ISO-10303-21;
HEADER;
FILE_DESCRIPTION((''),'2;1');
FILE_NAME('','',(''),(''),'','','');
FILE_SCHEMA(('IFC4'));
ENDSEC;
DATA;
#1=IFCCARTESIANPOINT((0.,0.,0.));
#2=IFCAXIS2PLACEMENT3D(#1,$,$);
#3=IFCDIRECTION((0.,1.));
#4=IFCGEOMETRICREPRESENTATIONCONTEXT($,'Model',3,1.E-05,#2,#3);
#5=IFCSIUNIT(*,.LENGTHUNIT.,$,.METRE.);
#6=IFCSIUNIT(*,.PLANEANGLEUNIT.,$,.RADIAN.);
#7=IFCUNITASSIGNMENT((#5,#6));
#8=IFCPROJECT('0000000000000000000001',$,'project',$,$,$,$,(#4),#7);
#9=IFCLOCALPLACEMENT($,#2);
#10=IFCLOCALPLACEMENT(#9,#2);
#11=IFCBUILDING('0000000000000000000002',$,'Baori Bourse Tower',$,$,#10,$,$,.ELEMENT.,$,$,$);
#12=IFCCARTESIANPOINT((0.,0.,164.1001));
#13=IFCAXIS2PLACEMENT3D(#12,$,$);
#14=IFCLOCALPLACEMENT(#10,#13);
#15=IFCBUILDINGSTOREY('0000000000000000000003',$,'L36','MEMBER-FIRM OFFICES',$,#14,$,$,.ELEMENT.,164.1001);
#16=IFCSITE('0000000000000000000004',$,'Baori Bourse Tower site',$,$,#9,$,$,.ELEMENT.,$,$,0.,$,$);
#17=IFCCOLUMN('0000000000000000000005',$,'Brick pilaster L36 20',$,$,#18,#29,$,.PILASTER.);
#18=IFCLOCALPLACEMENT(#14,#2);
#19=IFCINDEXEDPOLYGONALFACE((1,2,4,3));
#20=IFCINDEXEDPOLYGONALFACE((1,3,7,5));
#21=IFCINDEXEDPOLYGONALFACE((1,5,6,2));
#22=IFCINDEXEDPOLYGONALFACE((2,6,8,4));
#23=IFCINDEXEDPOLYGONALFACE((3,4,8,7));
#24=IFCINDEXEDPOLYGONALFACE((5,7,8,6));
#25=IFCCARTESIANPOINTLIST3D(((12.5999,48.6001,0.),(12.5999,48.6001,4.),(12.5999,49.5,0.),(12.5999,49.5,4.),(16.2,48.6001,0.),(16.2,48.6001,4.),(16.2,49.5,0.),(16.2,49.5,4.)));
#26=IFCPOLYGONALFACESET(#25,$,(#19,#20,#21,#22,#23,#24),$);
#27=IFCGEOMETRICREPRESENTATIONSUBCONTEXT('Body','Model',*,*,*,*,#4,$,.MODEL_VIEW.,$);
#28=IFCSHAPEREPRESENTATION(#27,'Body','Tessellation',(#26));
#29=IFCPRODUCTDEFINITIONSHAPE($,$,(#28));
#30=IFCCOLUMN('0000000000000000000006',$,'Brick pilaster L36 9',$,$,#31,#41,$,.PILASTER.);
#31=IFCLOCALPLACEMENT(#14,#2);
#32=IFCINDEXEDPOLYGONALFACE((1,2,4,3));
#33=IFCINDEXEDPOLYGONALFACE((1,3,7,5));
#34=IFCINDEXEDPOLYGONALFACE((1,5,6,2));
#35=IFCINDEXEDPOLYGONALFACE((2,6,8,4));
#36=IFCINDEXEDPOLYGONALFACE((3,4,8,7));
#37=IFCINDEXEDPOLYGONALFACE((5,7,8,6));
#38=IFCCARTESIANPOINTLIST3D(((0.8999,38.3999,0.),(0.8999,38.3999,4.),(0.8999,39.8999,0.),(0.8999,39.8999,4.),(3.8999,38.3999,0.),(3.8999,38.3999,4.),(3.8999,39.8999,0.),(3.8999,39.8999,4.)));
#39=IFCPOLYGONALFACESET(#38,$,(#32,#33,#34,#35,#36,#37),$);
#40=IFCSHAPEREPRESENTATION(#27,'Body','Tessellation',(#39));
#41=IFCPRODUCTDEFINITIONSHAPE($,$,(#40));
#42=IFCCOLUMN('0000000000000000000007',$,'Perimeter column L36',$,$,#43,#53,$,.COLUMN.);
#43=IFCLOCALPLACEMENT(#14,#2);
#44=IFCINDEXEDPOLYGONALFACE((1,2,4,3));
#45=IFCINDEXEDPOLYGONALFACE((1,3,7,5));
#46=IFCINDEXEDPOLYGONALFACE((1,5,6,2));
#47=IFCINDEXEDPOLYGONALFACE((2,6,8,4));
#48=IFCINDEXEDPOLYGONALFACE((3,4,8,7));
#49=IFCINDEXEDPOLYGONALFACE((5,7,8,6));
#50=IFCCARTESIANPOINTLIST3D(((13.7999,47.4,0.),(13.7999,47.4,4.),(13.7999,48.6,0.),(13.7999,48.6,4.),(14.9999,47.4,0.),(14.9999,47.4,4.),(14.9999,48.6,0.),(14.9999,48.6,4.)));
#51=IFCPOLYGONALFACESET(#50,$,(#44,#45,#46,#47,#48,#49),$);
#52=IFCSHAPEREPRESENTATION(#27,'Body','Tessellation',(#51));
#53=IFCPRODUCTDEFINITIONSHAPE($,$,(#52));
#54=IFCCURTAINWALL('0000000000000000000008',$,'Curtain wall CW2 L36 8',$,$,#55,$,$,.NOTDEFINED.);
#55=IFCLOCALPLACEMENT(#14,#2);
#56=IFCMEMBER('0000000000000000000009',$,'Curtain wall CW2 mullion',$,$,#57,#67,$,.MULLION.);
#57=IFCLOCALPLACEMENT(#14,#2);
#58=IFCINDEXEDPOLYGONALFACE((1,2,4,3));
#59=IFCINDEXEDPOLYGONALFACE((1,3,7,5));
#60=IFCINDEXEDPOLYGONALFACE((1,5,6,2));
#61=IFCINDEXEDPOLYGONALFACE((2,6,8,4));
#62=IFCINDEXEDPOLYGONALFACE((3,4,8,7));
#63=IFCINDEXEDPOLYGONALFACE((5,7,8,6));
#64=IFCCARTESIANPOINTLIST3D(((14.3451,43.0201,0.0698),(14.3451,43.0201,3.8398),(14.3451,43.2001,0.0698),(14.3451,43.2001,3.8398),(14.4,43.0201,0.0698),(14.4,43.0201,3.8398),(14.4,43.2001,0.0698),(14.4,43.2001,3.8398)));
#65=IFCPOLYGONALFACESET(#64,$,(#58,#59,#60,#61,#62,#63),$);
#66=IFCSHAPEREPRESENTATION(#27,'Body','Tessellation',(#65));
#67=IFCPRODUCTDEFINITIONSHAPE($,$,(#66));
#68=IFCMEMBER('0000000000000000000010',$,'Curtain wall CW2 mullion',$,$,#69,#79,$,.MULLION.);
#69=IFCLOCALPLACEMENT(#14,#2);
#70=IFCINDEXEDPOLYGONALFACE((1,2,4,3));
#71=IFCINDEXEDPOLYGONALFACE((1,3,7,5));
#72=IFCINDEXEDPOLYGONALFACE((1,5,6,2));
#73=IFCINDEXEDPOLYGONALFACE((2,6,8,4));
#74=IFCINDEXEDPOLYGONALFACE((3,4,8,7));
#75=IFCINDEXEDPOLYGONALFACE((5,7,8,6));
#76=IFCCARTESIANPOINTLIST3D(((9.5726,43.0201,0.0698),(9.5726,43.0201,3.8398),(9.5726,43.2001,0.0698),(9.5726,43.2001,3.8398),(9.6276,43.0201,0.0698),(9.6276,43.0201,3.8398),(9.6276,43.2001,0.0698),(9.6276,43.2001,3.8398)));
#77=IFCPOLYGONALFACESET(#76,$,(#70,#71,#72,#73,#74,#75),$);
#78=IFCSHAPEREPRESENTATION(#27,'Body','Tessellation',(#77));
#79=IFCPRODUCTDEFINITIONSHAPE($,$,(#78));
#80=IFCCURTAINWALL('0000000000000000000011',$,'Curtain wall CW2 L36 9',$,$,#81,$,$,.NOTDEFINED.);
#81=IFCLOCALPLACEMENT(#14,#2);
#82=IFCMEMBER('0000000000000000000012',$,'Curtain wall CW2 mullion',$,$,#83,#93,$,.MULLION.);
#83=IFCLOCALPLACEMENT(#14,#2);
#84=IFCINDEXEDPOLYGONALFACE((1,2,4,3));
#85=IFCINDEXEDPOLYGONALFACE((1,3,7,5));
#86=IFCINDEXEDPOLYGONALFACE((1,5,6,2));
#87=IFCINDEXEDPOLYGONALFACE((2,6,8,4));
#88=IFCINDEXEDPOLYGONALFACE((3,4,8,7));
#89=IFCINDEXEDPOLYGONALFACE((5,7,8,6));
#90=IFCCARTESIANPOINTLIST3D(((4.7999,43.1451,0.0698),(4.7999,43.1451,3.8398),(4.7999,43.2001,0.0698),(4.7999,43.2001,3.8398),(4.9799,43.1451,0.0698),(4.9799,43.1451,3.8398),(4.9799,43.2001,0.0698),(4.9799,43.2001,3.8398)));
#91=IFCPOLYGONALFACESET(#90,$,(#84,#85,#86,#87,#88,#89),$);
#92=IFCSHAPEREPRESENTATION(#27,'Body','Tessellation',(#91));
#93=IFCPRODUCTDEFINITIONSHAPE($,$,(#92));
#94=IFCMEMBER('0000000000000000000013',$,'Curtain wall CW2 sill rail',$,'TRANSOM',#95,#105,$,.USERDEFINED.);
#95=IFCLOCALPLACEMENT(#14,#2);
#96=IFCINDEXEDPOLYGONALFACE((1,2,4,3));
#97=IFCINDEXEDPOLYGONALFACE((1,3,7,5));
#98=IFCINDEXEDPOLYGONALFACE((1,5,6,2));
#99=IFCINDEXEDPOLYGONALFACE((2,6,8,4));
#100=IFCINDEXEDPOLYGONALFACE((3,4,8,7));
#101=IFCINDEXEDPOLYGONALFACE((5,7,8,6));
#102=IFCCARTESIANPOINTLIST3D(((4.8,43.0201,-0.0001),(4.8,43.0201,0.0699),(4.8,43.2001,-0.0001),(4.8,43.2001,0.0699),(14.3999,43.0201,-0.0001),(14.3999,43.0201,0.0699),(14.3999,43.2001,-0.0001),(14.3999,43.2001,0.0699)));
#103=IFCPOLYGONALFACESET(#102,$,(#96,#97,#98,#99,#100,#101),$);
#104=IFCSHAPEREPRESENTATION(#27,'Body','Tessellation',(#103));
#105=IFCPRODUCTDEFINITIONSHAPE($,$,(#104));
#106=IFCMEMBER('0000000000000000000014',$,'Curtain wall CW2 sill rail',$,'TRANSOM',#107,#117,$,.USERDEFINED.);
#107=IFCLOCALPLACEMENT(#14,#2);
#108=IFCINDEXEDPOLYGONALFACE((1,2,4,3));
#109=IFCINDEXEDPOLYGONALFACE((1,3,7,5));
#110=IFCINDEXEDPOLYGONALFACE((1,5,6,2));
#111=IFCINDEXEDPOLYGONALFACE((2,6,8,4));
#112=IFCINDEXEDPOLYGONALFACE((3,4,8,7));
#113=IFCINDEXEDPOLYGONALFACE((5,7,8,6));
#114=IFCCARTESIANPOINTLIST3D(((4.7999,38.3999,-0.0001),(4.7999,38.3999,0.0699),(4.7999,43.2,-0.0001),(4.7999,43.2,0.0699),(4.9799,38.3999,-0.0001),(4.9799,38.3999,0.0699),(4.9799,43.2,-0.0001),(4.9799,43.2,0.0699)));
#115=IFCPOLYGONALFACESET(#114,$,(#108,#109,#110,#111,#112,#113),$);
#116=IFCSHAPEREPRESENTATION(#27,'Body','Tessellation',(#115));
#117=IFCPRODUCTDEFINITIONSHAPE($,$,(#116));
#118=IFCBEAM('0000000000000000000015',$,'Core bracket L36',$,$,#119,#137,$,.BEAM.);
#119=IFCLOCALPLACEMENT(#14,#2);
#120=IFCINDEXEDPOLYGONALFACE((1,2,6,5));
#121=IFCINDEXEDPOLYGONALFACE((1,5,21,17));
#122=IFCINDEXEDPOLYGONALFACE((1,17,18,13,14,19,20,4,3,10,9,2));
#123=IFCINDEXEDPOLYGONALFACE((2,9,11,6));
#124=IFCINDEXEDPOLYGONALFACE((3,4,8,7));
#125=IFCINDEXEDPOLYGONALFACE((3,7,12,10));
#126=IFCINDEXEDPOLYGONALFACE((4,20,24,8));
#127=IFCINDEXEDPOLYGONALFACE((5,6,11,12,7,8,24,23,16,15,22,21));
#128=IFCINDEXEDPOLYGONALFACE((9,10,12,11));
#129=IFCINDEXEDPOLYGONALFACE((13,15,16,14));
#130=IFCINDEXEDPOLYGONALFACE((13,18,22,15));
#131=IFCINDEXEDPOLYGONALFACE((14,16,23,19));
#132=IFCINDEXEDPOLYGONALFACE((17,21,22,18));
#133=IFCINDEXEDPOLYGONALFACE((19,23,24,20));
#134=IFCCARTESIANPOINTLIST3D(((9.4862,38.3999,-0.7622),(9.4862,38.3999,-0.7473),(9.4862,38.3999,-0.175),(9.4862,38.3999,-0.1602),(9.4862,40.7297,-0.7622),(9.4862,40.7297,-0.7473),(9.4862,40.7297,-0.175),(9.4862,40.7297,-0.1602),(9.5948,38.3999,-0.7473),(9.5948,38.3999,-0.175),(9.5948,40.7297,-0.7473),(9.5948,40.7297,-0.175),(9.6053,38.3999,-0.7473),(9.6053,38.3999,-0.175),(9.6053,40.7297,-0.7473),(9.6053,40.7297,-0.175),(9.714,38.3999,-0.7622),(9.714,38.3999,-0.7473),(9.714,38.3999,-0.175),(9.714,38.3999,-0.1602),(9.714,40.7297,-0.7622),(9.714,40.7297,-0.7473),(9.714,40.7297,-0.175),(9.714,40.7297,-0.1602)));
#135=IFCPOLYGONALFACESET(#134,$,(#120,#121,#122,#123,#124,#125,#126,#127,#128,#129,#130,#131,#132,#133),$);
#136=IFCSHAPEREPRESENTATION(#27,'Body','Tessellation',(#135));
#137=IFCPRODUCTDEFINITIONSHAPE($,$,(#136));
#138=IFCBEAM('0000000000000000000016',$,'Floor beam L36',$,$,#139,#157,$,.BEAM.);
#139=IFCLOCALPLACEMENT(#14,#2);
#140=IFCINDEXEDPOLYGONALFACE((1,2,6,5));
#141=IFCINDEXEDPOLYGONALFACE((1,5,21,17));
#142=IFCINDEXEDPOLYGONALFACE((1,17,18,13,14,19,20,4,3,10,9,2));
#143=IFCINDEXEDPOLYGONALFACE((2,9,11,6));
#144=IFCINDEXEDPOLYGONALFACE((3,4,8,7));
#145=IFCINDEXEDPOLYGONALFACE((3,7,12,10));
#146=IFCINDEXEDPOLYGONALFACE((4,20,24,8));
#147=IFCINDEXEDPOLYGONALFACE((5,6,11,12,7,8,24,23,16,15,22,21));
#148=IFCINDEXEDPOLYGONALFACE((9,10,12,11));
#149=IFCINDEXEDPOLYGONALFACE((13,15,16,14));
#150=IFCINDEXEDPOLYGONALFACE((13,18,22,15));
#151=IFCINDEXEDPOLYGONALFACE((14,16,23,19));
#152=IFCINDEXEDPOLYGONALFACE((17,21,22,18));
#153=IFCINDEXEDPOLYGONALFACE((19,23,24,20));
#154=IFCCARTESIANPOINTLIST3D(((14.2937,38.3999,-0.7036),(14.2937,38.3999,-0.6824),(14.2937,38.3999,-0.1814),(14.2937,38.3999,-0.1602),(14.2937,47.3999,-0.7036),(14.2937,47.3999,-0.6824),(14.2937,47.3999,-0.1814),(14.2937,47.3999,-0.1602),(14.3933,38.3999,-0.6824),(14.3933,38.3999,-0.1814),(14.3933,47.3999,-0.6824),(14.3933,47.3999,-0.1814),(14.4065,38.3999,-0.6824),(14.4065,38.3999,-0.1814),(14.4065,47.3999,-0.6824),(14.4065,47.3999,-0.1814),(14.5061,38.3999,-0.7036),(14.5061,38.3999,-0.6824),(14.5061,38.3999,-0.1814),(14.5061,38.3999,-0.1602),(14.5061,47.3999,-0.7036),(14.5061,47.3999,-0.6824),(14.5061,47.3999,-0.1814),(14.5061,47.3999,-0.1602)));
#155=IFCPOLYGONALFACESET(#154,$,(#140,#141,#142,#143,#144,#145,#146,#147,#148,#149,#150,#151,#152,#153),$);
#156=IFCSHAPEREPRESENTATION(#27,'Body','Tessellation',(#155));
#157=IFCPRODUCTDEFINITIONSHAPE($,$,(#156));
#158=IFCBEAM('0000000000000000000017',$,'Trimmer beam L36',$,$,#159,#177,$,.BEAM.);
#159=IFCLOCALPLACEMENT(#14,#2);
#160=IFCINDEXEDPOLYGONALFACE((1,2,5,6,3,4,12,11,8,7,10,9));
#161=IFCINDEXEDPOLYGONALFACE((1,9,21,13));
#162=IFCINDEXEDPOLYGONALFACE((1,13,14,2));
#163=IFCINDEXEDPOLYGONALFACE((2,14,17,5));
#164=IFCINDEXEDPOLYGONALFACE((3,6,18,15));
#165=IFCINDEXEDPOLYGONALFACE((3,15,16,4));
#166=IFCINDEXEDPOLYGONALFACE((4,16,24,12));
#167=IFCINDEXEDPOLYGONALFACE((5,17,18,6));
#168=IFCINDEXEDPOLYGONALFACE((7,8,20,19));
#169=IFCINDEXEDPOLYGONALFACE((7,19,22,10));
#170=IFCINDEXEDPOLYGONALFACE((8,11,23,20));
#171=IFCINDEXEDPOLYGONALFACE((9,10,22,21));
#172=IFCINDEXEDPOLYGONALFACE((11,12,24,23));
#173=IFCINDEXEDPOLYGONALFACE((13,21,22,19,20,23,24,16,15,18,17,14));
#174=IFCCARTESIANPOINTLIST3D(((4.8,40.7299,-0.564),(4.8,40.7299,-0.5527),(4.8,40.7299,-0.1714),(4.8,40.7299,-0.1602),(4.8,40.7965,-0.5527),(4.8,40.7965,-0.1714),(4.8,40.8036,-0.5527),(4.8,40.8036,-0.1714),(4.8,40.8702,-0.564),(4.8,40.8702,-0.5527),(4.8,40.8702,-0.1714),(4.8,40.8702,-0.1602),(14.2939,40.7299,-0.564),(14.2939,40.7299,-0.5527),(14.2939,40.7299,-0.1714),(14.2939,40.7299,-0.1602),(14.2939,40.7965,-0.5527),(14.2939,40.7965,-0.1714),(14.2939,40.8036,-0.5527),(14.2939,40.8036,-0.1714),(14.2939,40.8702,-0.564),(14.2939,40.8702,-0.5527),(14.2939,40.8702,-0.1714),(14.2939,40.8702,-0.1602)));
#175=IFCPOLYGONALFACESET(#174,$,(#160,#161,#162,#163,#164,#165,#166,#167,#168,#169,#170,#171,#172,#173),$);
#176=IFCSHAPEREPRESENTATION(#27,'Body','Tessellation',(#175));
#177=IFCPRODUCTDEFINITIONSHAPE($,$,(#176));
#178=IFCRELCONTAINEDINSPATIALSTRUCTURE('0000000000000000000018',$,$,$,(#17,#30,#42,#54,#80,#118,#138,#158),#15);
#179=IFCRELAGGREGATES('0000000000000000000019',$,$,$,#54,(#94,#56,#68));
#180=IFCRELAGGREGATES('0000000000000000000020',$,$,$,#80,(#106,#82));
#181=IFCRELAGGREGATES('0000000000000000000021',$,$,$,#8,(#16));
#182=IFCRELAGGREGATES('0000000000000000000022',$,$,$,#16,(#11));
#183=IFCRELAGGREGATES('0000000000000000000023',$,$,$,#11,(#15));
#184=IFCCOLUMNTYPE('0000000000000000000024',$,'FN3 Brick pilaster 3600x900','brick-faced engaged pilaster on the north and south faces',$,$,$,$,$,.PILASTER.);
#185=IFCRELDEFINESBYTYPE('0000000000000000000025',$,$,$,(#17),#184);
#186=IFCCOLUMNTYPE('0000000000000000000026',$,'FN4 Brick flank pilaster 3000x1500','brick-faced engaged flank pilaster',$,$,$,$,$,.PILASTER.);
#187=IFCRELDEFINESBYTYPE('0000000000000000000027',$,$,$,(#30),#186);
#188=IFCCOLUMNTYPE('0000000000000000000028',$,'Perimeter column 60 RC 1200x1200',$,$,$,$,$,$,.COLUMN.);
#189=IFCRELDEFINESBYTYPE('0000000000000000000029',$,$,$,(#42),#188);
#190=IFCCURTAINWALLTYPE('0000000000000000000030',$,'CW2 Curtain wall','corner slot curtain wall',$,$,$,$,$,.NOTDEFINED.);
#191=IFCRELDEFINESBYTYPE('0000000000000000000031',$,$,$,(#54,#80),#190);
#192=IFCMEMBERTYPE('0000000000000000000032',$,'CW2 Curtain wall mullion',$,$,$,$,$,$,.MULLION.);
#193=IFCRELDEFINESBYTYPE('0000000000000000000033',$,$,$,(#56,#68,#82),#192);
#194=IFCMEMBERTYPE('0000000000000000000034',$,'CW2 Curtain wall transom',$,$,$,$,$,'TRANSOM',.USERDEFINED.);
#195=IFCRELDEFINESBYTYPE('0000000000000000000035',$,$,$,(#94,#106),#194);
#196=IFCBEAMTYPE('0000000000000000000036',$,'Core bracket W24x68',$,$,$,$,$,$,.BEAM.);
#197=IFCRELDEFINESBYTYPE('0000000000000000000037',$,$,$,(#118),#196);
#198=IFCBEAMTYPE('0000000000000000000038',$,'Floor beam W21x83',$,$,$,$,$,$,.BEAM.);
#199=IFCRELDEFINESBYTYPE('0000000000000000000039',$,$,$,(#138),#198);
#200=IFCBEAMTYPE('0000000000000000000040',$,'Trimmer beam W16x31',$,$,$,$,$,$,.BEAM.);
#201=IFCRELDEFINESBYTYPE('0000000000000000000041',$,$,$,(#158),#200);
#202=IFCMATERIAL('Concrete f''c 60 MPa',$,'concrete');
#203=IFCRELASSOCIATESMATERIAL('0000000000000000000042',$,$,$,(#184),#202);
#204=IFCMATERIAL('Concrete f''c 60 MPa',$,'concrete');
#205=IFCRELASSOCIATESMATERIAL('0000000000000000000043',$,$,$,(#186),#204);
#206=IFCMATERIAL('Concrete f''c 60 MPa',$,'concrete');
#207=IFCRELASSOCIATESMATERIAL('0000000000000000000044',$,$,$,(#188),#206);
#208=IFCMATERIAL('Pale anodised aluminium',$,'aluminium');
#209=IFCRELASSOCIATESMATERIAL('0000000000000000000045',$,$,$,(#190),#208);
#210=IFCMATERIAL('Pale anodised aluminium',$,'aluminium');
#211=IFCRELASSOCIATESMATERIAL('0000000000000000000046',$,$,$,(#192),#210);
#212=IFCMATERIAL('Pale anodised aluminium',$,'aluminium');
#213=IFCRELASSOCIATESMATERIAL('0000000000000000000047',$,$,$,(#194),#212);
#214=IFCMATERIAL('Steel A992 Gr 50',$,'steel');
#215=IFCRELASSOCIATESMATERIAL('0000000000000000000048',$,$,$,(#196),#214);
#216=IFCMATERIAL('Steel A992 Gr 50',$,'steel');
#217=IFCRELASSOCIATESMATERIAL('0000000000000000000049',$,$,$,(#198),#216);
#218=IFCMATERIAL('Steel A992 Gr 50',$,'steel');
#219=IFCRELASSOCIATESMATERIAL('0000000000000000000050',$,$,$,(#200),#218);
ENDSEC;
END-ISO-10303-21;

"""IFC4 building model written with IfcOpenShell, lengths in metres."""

from ifc_helpers import new_model, si_unit, direction, frame, origin, origin_2d, place, context, subcontext, project, spatial, rectangle, i_section, extrude, material, material_profile, profile_set, type_object, element, aggregate, save


model = new_model("IFC4")

# Units and contexts
model_context = context("Model", 3, precision=1e-05, world=origin(), true_north=direction((0.0, 1.0)))
body_context = subcontext(model_context, "Body", "Model", "MODEL_VIEW")
ifc_project = project(units=[si_unit("LENGTHUNIT", "METRE"), si_unit("PLANEANGLEUNIT", "RADIAN")], contexts=[model_context])

# Site, building, storey
site_placement = place(None, origin())
site = spatial("IfcSite", under=ifc_project, at=site_placement, Name="Baori Bourse Tower site", CompositionType="ELEMENT", RefElevation=0.0)
building_placement = place(site_placement, origin())
building = spatial("IfcBuilding", under=site, at=building_placement, Name="Baori Bourse Tower", CompositionType="ELEMENT")
storey_placement = place(building_placement, frame((0.0, 0.0, 164.1001)))
storey = spatial("IfcBuildingStorey", under=building, at=storey_placement, Name="L36", Description="MEMBER-FIRM OFFICES", CompositionType="ELEMENT", Elevation=164.1001)

# Columns
ifc_material_1 = material(Name="Concrete f'c 60 MPa", Category="concrete")
ifc_material_profile_1 = material_profile(ifc_material_1, rectangle(XDim=3.6001, YDim=0.8999, at=origin_2d()), Name="RC 3600x900")
ifc_profile_set_1 = profile_set([ifc_material_profile_1], Name="Concrete f'c 60 MPa")
column_type_1 = type_object("IfcColumnType", Name="FN3 Brick pilaster 3600x900", Description="brick-faced engaged pilaster on the north and south faces", PredefinedType="PILASTER", material=ifc_profile_set_1)
column_1_placement = place(storey_placement, frame((14.3999, 49.05, 0.0), z_axis=(0.0, 0.0, 1.0), x_axis=(1.0, 0.0, 0.0)))
element("IfcColumn", 1, at=column_1_placement, inside=storey, type_object=column_type_1, Name="Brick pilaster L36 20", PredefinedType="PILASTER", context=body_context, shape_type="SweptSolid", body=[
    extrude(rectangle(XDim=3.6001, YDim=0.8999, at=origin_2d()), origin(), (0.0, 0.0, 1.0), 4.0),
])
ifc_material_2 = material(Name="Concrete f'c 60 MPa", Category="concrete")
ifc_material_profile_2 = material_profile(ifc_material_2, rectangle(XDim=3.0, YDim=1.5, at=origin_2d()), Name="RC 3000x1500")
ifc_profile_set_2 = profile_set([ifc_material_profile_2], Name="Concrete f'c 60 MPa")
column_type_2 = type_object("IfcColumnType", Name="FN4 Brick flank pilaster 3000x1500", Description="brick-faced engaged flank pilaster", PredefinedType="PILASTER", material=ifc_profile_set_2)
column_2_placement = place(storey_placement, frame((2.3999, 39.1499, 0.0), z_axis=(0.0, 0.0, 1.0), x_axis=(1.0, 0.0, 0.0)))
element("IfcColumn", 2, at=column_2_placement, inside=storey, type_object=column_type_2, Name="Brick pilaster L36 9", PredefinedType="PILASTER", context=body_context, shape_type="SweptSolid", body=[
    extrude(rectangle(XDim=3.0, YDim=1.5, at=origin_2d()), origin(), (0.0, 0.0, 1.0), 4.0),
])
ifc_material_3 = material(Name="Concrete f'c 60 MPa", Category="concrete")
ifc_material_profile_3 = material_profile(ifc_material_3, rectangle(XDim=1.2, YDim=1.2, at=origin_2d()), Name="RC 1200x1200")
ifc_profile_set_3 = profile_set([ifc_material_profile_3], Name="Concrete f'c 60 MPa")
column_type_3 = type_object("IfcColumnType", Name="Perimeter column 60 RC 1200x1200", PredefinedType="COLUMN", material=ifc_profile_set_3)
column_3_placement = place(storey_placement, frame((14.3999, 48.0, 0.0), z_axis=(0.0, 0.0, 1.0), x_axis=(1.0, 0.0, 0.0)))
element("IfcColumn", 3, at=column_3_placement, inside=storey, type_object=column_type_3, Name="Perimeter column L36", PredefinedType="COLUMN", context=body_context, shape_type="SweptSolid", body=[
    extrude(rectangle(XDim=1.2, YDim=1.2, at=origin_2d()), origin(), (0.0, 0.0, 1.0), 4.0),
])

# Curtain wall, members
ifc_material_4 = material(Name="Pale anodised aluminium", Category="aluminium")
curtain_wall_type = type_object("IfcCurtainWallType", Name="CW2 Curtain wall", Description="corner slot curtain wall", PredefinedType="NOTDEFINED", material=ifc_material_4)
curtain_wall_1_placement = place(storey_placement, origin())
curtain_wall_1 = element("IfcCurtainWall", 4, at=curtain_wall_1_placement, inside=storey, type_object=curtain_wall_type, Name="Curtain wall CW2 L36 8", PredefinedType="NOTDEFINED")
ifc_material_5 = material(Name="Pale anodised aluminium", Category="aluminium")
ifc_material_profile_4 = material_profile(ifc_material_5, rectangle(XDim=0.1799, YDim=0.0549, at=origin_2d()), Name="Mullion 55x180")
ifc_profile_set_4 = profile_set([ifc_material_profile_4], Name="Pale anodised aluminium")
member_type_1 = type_object("IfcMemberType", Name="CW2 Curtain wall mullion", PredefinedType="MULLION", material=ifc_profile_set_4)
member_1_placement = place(storey_placement, frame((14.3726, 43.1101, 0.0698), z_axis=(0.0, 0.0, 1.0), x_axis=(0.0, -1.0, 0.0)))
member_1 = element("IfcMember", 5, at=member_1_placement, type_object=member_type_1, Name="Curtain wall CW2 mullion", PredefinedType="MULLION", context=body_context, shape_type="SweptSolid", body=[
    extrude(rectangle(XDim=0.1799, YDim=0.0549, at=origin_2d()), origin(), (0.0, 0.0, 1.0), 3.77),
])
member_2_placement = place(storey_placement, frame((9.6001, 43.1101, 0.0698), z_axis=(0.0, 0.0, 1.0), x_axis=(0.0, -1.0, 0.0)))
member_2 = element("IfcMember", 6, at=member_2_placement, type_object=member_type_1, Name="Curtain wall CW2 mullion", PredefinedType="MULLION", context=body_context, shape_type="SweptSolid", body=[
    extrude(rectangle(XDim=0.1799, YDim=0.0549, at=origin_2d()), origin(), (0.0, 0.0, 1.0), 3.77),
])

# Curtain wall, member
curtain_wall_2_placement = place(storey_placement, origin())
curtain_wall_2 = element("IfcCurtainWall", 7, at=curtain_wall_2_placement, inside=storey, type_object=curtain_wall_type, Name="Curtain wall CW2 L36 9", PredefinedType="NOTDEFINED")
member_3_placement = place(storey_placement, frame((4.8899, 43.1726, 0.0698), z_axis=(0.0, 0.0, 1.0), x_axis=(1.0, 0.0, 0.0)))
member_3 = element("IfcMember", 8, at=member_3_placement, type_object=member_type_1, Name="Curtain wall CW2 mullion", PredefinedType="MULLION", context=body_context, shape_type="SweptSolid", body=[
    extrude(rectangle(XDim=0.1799, YDim=0.0549, at=origin_2d()), origin(), (0.0, 0.0, 1.0), 3.77),
])

# Members
ifc_material_6 = material(Name="Pale anodised aluminium", Category="aluminium")
ifc_material_profile_5 = material_profile(ifc_material_6, rectangle(XDim=0.1799, YDim=0.0701, at=origin_2d()), Name="Transom 70x180")
ifc_profile_set_5 = profile_set([ifc_material_profile_5], Name="Pale anodised aluminium")
member_type_2 = type_object("IfcMemberType", Name="CW2 Curtain wall transom", ElementType="TRANSOM", PredefinedType="USERDEFINED", material=ifc_profile_set_5)
member_4_placement = place(storey_placement, frame((14.3999, 43.1101, 0.0349), z_axis=(-1.0, 0.0, 0.0), x_axis=(0.0, -1.0, 0.0)))
member_4 = element("IfcMember", 9, at=member_4_placement, type_object=member_type_2, Name="Curtain wall CW2 sill rail", ObjectType="TRANSOM", PredefinedType="USERDEFINED", context=body_context, shape_type="SweptSolid", body=[
    extrude(rectangle(XDim=0.1799, YDim=0.0701, at=origin_2d()), origin(), (0.0, 0.0, 1.0), 9.5999),
])
member_5_placement = place(storey_placement, frame((4.8899, 43.2, 0.0349), z_axis=(0.0, -1.0, 0.0), x_axis=(1.0, 0.0, 0.0)))
member_5 = element("IfcMember", 10, at=member_5_placement, type_object=member_type_2, Name="Curtain wall CW2 sill rail", ObjectType="TRANSOM", PredefinedType="USERDEFINED", context=body_context, shape_type="SweptSolid", body=[
    extrude(rectangle(XDim=0.1799, YDim=0.0701, at=origin_2d()), origin(), (0.0, 0.0, 1.0), 4.8),
])

# Beams
ifc_material_7 = material(Name="Steel A992 Gr 50", Category="steel")
ifc_material_profile_6 = material_profile(ifc_material_7, i_section(OverallWidth=0.2278, OverallDepth=0.6021, WebThickness=0.0105, FlangeThickness=0.0149, at=origin_2d()), Name="W24x68")
ifc_profile_set_6 = profile_set([ifc_material_profile_6], Name="Steel A992 Gr 50")
beam_type_1 = type_object("IfcBeamType", Name="Core bracket W24x68", PredefinedType="BEAM", material=ifc_profile_set_6)
beam_1_placement = place(storey_placement, frame((9.6001, 38.3999, -0.4612), z_axis=(0.0, 1.0, 0.0), x_axis=(-1.0, 0.0, 0.0)))
element("IfcBeam", 11, at=beam_1_placement, inside=storey, type_object=beam_type_1, Name="Core bracket L36", PredefinedType="BEAM", context=body_context, shape_type="SweptSolid", body=[
    extrude(i_section(OverallWidth=0.2278, OverallDepth=0.6021, WebThickness=0.0105, FlangeThickness=0.0149, at=origin_2d()), origin(), (0.0, 0.0, 1.0), 2.3298),
])
ifc_material_8 = material(Name="Steel A992 Gr 50", Category="steel")
ifc_material_profile_7 = material_profile(ifc_material_8, i_section(OverallWidth=0.2124, OverallDepth=0.5435, WebThickness=0.0132, FlangeThickness=0.0212, at=origin_2d()), Name="W21x83")
ifc_profile_set_7 = profile_set([ifc_material_profile_7], Name="Steel A992 Gr 50")
beam_type_2 = type_object("IfcBeamType", Name="Floor beam W21x83", PredefinedType="BEAM", material=ifc_profile_set_7)
beam_2_placement = place(storey_placement, frame((14.3999, 38.3999, -0.4319), z_axis=(0.0, 1.0, 0.0), x_axis=(-1.0, 0.0, 0.0)))
element("IfcBeam", 12, at=beam_2_placement, inside=storey, type_object=beam_type_2, Name="Floor beam L36", PredefinedType="BEAM", context=body_context, shape_type="SweptSolid", body=[
    extrude(i_section(OverallWidth=0.2124, OverallDepth=0.5435, WebThickness=0.0132, FlangeThickness=0.0212, at=origin_2d()), origin(), (0.0, 0.0, 1.0), 9.0),
])
ifc_material_9 = material(Name="Steel A992 Gr 50", Category="steel")
ifc_material_profile_8 = material_profile(ifc_material_9, i_section(OverallWidth=0.1404, OverallDepth=0.4038, WebThickness=0.0071, FlangeThickness=0.0112, at=origin_2d()), Name="W16x31")
ifc_profile_set_8 = profile_set([ifc_material_profile_8], Name="Steel A992 Gr 50")
beam_type_3 = type_object("IfcBeamType", Name="Trimmer beam W16x31", PredefinedType="BEAM", material=ifc_profile_set_8)
beam_3_placement = place(storey_placement, frame((4.8, 40.8, -0.3621), z_axis=(1.0, 0.0, 0.0), x_axis=(0.0, 1.0, 0.0)))
element("IfcBeam", 13, at=beam_3_placement, inside=storey, type_object=beam_type_3, Name="Trimmer beam L36", PredefinedType="BEAM", context=body_context, shape_type="SweptSolid", body=[
    extrude(i_section(OverallWidth=0.1404, OverallDepth=0.4038, WebThickness=0.0071, FlangeThickness=0.0112, at=origin_2d()), origin(), (0.0, 0.0, 1.0), 9.4939),
])

aggregate(curtain_wall_1, [member_4, member_1, member_2])
aggregate(curtain_wall_2, [member_5, member_3])

save(model, "model.ifc")
